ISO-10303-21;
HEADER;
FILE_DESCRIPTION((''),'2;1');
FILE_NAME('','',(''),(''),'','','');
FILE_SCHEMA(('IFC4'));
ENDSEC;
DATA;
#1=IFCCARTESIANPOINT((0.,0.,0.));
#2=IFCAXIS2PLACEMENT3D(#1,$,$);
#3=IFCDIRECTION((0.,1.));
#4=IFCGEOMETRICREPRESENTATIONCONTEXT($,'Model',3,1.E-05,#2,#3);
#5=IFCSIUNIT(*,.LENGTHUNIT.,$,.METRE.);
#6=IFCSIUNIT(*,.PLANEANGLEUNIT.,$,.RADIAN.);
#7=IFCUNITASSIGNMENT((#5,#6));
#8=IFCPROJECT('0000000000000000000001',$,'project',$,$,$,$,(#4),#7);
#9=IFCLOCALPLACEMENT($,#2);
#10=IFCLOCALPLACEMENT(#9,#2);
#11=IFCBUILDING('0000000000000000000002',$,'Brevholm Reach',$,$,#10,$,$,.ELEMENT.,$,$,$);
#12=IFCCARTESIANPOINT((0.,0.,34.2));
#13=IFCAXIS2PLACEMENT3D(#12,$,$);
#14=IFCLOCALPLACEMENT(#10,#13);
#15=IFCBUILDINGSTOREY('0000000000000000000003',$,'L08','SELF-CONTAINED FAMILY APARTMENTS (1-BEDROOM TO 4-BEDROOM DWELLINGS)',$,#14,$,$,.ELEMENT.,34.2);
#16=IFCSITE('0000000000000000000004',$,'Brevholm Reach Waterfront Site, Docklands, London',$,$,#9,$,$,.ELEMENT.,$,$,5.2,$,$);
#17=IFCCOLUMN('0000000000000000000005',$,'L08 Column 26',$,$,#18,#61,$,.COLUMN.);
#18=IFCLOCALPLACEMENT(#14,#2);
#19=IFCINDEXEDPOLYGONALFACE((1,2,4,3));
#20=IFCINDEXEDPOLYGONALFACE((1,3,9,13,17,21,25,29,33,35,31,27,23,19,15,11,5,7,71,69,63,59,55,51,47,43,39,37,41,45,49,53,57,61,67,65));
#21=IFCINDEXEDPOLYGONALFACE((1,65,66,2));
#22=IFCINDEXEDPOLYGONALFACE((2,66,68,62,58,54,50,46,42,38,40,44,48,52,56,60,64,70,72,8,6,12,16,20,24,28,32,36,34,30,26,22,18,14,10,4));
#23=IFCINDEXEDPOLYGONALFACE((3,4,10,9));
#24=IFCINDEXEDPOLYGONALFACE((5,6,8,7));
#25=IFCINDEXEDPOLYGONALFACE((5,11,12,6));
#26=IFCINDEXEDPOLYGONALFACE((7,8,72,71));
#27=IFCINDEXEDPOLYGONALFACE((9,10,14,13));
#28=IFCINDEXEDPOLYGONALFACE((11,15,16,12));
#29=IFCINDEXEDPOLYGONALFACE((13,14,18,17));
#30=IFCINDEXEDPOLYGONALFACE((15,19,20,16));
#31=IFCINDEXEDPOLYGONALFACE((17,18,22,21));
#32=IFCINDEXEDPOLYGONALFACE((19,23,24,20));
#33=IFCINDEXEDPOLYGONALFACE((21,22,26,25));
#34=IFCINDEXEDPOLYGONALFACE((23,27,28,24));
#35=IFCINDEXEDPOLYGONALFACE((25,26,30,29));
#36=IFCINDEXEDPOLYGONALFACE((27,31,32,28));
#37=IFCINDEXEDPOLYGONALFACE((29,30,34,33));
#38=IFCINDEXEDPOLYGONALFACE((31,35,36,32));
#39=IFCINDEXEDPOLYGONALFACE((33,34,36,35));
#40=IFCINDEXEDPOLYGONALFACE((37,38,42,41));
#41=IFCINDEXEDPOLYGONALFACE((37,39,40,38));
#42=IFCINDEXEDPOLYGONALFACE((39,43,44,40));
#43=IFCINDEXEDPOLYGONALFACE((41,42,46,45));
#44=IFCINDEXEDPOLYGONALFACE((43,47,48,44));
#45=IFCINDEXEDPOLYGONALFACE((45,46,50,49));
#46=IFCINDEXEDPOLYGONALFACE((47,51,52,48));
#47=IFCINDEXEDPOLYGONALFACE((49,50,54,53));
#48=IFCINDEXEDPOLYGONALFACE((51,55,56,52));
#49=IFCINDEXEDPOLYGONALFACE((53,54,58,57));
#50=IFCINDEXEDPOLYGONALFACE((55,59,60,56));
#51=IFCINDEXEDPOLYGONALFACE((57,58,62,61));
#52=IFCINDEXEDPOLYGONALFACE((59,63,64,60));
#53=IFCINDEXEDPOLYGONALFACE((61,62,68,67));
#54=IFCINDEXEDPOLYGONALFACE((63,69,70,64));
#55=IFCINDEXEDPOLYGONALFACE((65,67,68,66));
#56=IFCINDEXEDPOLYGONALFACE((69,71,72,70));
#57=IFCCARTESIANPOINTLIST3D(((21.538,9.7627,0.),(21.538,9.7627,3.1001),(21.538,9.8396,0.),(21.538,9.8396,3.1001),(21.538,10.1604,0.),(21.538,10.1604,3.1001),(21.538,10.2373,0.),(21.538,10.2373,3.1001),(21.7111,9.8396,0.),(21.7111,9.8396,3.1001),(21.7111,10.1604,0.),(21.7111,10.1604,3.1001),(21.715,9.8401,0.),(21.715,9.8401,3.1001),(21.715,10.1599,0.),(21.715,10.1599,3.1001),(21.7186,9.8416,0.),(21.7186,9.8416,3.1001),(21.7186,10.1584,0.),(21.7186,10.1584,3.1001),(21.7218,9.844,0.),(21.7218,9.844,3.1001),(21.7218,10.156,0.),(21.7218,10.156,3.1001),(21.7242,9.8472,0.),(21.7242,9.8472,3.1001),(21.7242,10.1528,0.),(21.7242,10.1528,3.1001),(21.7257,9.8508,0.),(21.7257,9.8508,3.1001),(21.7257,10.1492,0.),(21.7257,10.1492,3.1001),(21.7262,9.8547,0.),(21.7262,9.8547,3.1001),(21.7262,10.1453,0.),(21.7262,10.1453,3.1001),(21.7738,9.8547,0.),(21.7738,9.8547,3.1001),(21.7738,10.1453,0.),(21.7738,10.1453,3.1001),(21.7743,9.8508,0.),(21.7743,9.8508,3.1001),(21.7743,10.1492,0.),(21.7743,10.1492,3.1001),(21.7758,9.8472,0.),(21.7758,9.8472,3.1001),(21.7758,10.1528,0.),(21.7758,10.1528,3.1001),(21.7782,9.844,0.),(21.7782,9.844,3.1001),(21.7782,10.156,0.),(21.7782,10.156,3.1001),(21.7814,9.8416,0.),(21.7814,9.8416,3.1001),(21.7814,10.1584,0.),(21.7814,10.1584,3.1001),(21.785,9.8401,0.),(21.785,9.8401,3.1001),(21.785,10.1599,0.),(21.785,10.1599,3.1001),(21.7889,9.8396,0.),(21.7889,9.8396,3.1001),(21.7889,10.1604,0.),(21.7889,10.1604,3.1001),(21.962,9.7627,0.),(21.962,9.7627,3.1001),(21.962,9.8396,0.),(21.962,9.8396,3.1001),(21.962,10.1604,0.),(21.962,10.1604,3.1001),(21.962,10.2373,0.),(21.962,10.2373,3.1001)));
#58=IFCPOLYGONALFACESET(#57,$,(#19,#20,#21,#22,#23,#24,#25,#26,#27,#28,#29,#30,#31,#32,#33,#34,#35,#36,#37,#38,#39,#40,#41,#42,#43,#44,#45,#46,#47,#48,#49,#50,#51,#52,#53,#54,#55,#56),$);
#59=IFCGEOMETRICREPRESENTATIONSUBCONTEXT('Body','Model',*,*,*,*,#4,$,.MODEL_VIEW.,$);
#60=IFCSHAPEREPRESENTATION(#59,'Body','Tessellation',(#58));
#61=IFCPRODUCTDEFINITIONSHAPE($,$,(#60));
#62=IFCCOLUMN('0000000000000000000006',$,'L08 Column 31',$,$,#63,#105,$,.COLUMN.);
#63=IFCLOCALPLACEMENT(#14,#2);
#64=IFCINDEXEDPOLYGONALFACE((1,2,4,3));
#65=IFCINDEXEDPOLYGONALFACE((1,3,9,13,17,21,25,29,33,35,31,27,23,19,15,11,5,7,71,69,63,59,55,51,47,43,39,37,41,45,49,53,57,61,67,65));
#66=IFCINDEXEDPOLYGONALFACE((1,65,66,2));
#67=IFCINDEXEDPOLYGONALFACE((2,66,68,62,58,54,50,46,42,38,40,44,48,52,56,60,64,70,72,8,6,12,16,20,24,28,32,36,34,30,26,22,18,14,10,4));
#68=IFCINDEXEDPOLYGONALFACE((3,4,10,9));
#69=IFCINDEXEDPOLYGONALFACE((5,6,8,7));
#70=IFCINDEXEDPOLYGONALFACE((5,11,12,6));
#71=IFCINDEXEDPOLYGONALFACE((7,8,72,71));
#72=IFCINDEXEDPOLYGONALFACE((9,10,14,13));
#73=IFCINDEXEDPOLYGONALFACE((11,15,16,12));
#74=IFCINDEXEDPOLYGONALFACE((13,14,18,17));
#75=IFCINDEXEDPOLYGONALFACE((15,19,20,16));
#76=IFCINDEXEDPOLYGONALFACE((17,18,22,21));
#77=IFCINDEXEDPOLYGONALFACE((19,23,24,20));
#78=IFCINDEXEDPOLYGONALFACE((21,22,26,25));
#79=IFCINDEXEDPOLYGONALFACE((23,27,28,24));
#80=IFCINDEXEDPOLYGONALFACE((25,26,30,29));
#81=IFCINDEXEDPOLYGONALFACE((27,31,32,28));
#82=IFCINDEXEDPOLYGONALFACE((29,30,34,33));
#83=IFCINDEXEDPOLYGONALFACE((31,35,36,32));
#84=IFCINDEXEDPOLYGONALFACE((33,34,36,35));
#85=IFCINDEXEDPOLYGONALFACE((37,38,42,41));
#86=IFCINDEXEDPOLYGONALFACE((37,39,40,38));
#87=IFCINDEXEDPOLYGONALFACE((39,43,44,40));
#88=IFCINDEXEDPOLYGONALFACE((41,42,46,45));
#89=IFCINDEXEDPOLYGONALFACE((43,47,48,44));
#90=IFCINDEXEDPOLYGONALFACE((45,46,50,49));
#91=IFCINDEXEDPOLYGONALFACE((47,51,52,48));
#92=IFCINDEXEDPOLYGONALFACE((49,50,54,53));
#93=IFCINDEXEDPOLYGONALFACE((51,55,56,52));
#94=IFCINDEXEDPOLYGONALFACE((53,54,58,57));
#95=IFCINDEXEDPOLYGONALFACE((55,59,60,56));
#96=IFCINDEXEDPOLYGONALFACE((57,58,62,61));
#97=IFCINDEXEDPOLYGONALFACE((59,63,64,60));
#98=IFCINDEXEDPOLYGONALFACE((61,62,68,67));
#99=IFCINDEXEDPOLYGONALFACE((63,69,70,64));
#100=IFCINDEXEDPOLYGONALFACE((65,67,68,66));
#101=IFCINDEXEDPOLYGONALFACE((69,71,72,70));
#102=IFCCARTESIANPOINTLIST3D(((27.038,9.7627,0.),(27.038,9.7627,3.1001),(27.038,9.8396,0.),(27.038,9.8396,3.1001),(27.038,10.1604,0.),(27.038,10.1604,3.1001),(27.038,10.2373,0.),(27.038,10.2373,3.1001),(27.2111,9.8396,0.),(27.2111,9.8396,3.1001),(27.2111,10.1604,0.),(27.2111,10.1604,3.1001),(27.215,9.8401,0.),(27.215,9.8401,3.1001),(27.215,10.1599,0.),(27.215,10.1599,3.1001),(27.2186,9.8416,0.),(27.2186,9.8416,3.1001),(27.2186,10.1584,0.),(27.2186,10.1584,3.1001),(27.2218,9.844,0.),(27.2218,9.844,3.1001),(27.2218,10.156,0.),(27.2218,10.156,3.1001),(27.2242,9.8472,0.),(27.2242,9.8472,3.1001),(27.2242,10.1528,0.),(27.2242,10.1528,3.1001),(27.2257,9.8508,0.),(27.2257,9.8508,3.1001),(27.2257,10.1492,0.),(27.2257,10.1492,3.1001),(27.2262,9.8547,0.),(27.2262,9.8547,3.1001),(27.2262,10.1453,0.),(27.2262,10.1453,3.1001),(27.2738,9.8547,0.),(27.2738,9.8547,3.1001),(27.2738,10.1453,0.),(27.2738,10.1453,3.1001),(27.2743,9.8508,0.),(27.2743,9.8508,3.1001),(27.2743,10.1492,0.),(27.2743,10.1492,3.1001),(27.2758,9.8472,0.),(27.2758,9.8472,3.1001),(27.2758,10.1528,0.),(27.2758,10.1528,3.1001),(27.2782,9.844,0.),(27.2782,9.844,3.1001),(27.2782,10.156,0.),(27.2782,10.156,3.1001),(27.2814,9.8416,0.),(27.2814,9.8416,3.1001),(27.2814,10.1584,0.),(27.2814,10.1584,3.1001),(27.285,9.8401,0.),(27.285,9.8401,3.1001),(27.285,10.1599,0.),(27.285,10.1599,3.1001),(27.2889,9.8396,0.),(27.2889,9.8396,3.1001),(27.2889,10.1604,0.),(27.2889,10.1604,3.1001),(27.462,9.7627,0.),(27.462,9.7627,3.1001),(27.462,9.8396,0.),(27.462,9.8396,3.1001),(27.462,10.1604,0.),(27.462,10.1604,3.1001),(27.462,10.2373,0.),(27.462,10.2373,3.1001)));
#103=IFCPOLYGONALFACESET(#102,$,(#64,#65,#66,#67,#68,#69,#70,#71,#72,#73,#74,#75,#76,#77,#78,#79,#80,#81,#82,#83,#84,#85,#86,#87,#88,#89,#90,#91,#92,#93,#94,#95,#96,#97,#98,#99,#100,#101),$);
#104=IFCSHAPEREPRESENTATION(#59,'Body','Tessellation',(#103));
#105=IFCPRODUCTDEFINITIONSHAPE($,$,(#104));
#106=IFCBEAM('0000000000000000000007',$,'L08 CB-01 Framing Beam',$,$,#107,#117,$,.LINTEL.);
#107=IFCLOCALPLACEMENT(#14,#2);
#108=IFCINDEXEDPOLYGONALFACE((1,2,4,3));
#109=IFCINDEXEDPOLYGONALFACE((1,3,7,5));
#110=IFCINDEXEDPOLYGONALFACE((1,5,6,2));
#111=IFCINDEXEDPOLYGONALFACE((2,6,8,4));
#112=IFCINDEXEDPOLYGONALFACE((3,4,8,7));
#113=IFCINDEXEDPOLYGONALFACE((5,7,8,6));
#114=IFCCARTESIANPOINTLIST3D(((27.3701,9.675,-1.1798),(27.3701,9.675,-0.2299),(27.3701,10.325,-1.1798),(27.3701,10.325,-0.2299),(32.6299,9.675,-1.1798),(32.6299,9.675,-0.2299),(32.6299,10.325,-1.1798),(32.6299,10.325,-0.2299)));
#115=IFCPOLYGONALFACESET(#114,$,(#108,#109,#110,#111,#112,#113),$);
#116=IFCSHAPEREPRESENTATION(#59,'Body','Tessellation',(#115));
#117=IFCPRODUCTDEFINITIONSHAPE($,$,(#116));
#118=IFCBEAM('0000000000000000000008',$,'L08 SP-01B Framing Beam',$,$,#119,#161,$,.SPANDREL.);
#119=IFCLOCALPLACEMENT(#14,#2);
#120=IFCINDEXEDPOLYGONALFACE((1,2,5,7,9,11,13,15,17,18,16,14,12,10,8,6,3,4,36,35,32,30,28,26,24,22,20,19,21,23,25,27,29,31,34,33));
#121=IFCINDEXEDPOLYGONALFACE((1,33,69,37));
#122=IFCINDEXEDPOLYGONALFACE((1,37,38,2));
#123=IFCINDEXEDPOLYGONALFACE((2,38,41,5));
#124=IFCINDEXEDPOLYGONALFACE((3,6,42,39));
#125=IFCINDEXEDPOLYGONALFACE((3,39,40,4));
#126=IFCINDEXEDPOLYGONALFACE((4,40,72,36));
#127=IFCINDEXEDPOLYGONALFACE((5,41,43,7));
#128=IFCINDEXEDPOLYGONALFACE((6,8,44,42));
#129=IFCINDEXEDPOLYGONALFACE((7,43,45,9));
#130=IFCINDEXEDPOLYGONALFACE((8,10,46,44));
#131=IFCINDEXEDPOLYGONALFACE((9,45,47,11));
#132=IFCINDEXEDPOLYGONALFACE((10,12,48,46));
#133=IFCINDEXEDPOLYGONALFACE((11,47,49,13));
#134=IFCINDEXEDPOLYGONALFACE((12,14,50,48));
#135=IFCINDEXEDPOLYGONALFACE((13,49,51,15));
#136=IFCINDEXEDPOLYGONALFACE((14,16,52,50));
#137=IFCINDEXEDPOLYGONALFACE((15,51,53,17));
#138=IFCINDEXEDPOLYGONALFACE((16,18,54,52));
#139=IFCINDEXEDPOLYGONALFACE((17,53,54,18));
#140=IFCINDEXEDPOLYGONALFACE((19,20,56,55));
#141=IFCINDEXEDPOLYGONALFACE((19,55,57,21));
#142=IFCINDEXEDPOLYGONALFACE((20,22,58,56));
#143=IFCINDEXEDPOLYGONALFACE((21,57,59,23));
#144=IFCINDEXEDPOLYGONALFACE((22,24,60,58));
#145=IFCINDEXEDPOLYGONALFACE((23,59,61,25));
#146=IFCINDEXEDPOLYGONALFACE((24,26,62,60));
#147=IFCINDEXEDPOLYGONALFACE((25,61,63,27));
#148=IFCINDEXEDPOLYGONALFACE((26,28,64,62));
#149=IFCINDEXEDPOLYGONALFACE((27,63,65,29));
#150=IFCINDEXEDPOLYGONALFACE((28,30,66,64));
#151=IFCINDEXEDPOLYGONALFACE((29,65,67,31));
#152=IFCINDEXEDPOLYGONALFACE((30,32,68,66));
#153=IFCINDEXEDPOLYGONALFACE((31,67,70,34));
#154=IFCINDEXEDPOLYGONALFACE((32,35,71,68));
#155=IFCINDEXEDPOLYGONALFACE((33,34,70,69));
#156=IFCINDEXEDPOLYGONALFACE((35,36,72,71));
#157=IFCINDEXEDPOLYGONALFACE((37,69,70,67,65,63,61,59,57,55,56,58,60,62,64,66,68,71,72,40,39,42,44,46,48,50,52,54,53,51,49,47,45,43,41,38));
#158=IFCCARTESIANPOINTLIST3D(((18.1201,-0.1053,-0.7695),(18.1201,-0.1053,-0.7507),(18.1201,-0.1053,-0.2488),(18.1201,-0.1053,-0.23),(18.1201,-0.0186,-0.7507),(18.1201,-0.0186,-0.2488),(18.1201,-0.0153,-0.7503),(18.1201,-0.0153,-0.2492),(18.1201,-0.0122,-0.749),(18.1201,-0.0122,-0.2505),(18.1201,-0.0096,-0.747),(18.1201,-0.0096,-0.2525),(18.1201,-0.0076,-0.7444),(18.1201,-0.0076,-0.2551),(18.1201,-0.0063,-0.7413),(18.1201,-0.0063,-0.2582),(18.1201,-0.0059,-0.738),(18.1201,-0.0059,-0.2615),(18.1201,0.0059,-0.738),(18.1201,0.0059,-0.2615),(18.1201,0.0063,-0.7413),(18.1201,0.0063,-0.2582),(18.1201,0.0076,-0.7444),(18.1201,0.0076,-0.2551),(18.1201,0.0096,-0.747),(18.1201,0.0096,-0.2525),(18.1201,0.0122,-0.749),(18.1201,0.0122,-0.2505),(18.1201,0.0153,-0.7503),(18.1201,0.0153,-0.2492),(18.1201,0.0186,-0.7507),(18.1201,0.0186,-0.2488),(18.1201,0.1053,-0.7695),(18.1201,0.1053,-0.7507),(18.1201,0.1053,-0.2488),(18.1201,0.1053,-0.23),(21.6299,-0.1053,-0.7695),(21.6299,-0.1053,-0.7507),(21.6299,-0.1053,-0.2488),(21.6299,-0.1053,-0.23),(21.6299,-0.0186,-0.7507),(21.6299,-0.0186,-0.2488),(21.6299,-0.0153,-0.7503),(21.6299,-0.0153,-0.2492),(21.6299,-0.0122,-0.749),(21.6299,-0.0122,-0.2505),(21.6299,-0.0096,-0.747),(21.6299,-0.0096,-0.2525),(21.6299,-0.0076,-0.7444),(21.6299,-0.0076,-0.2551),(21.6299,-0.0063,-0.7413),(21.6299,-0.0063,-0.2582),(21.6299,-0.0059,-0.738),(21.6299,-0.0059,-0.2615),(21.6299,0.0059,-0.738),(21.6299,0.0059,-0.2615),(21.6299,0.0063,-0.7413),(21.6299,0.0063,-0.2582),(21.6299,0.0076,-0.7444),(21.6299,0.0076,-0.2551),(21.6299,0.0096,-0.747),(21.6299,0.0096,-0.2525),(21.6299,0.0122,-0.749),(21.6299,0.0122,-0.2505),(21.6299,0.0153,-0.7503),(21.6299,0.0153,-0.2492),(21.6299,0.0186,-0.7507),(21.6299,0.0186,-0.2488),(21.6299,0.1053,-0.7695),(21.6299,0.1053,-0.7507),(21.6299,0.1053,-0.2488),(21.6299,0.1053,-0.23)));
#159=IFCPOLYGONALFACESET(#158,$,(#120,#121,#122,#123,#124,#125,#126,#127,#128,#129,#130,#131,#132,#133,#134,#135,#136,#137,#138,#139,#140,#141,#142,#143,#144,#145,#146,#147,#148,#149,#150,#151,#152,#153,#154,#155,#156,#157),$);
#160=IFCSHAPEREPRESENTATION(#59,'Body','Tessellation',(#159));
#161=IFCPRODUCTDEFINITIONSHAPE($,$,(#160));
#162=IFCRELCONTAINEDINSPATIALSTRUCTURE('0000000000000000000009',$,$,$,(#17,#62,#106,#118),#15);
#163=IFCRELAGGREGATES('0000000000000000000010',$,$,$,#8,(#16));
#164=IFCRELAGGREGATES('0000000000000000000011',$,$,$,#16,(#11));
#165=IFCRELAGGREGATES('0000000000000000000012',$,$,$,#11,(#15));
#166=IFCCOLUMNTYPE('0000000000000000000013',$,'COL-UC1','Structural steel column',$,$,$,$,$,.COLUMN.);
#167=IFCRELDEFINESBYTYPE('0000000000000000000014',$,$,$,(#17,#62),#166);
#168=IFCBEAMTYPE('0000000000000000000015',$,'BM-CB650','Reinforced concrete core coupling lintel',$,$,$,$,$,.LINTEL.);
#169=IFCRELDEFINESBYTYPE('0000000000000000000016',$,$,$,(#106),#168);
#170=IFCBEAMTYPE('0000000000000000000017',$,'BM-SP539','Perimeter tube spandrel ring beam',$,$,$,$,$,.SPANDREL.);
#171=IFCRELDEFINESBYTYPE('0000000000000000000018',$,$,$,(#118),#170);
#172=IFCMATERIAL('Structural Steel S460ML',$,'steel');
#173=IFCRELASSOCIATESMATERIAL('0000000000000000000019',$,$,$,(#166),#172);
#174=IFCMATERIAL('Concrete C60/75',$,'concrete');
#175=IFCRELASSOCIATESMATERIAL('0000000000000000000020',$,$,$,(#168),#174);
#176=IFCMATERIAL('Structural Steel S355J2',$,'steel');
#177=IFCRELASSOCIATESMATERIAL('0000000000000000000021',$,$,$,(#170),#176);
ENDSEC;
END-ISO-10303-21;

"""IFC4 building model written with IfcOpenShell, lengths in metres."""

from ifc_helpers import new_model, si_unit, direction, frame, origin, origin_2d, place, context, subcontext, project, spatial, rectangle, i_section, extrude, material, material_profile, profile_set, type_object, element, save


model = new_model("IFC4")

# Units and contexts
model_context = context("Model", 3, precision=1e-05, world=origin(), true_north=direction((0.0, 1.0)))
body_context = subcontext(model_context, "Body", "Model", "MODEL_VIEW")
ifc_project = project(units=[si_unit("LENGTHUNIT", "METRE"), si_unit("PLANEANGLEUNIT", "RADIAN")], contexts=[model_context])

# Site, building, storey
site_placement = place(None, origin())
site = spatial("IfcSite", under=ifc_project, at=site_placement, Name="Brevholm Reach Waterfront Site, Docklands, London", CompositionType="ELEMENT", RefElevation=5.2)
building_placement = place(site_placement, origin())
building = spatial("IfcBuilding", under=site, at=building_placement, Name="Brevholm Reach", CompositionType="ELEMENT")
storey_placement = place(building_placement, frame((0.0, 0.0, 34.2)))
storey = spatial("IfcBuildingStorey", under=building, at=storey_placement, Name="L08", Description="SELF-CONTAINED FAMILY APARTMENTS (1-BEDROOM TO 4-BEDROOM DWELLINGS)", CompositionType="ELEMENT", Elevation=34.2)

# Columns
ifc_material_1 = material(Name="Structural Steel S460ML", Category="steel")
ifc_material_profile_1 = material_profile(ifc_material_1, i_section(OverallWidth=0.4241, OverallDepth=0.4746, WebThickness=0.0476, FlangeThickness=0.0769, FilletRadius=0.0151, at=origin_2d()), Name="UKC 356x406x634")
ifc_profile_set_1 = profile_set([ifc_material_profile_1], Name="Structural Steel S460ML")
column_type_1 = type_object("IfcColumnType", Name="COL-UC1", Description="Structural steel column", PredefinedType="COLUMN", material=ifc_profile_set_1)
for number, where, z_axis, x_axis, name in (
    (1, (21.75, 10.0, 0.0), (0.0, 0.0, 1.0), (1.0, 0.0, 0.0), "L08 Column 26"),
    (2, (27.25, 10.0, 0.0), (0.0, 0.0, 1.0), (1.0, 0.0, 0.0), "L08 Column 31"),
):
    element("IfcColumn", number, at=place(storey_placement, frame(where, z_axis=z_axis, x_axis=x_axis)), inside=storey, type_object=column_type_1, Name=name, PredefinedType="COLUMN", context=body_context, shape_type="SweptSolid", body=[
        extrude(i_section(OverallWidth=0.4241, OverallDepth=0.4746, WebThickness=0.0476, FlangeThickness=0.0769, FilletRadius=0.0151, at=origin_2d()), origin(), (0.0, 0.0, 1.0), 3.1001),
    ])

# Beams
ifc_material_2 = material(Name="Concrete C60/75", Category="concrete")
ifc_material_profile_2 = material_profile(ifc_material_2, rectangle(XDim=0.6499, YDim=0.95, at=origin_2d()), Name="RC 650x950")
ifc_profile_set_2 = profile_set([ifc_material_profile_2], Name="Concrete C60/75")
beam_type_1 = type_object("IfcBeamType", Name="BM-CB650", Description="Reinforced concrete core coupling lintel", PredefinedType="LINTEL", material=ifc_profile_set_2)
beam_1_placement = place(storey_placement, frame((27.3701, 10.0, -0.7048), z_axis=(1.0, 0.0, 0.0), x_axis=(0.0, 1.0, 0.0)))
element("IfcBeam", 3, at=beam_1_placement, inside=storey, type_object=beam_type_1, Name="L08 CB-01 Framing Beam", PredefinedType="LINTEL", context=body_context, shape_type="SweptSolid", body=[
    extrude(rectangle(XDim=0.6499, YDim=0.95, at=origin_2d()), origin(), (0.0, 0.0, 1.0), 5.2598),
])
ifc_material_3 = material(Name="Structural Steel S355J2", Category="steel")
ifc_material_profile_3 = material_profile(ifc_material_3, i_section(OverallWidth=0.2107, OverallDepth=0.5396, WebThickness=0.0117, FlangeThickness=0.0188, FilletRadius=0.0127, at=origin_2d()), Name="UKB 533x210x109")
ifc_profile_set_3 = profile_set([ifc_material_profile_3], Name="Structural Steel S355J2")
beam_type_2 = type_object("IfcBeamType", Name="BM-SP539", Description="Perimeter tube spandrel ring beam", PredefinedType="SPANDREL", material=ifc_profile_set_3)
beam_2_placement = place(storey_placement, frame((18.1201, 0.0, -0.4998), z_axis=(1.0, 0.0, 0.0), x_axis=(0.0, 1.0, 0.0)))
element("IfcBeam", 4, at=beam_2_placement, inside=storey, type_object=beam_type_2, Name="L08 SP-01B Framing Beam", PredefinedType="SPANDREL", context=body_context, shape_type="SweptSolid", body=[
    extrude(i_section(OverallWidth=0.2107, OverallDepth=0.5396, WebThickness=0.0117, FlangeThickness=0.0188, FilletRadius=0.0127, at=origin_2d()), origin(), (0.0, 0.0, 1.0), 3.5098),
])

save(model, "model.ifc")
